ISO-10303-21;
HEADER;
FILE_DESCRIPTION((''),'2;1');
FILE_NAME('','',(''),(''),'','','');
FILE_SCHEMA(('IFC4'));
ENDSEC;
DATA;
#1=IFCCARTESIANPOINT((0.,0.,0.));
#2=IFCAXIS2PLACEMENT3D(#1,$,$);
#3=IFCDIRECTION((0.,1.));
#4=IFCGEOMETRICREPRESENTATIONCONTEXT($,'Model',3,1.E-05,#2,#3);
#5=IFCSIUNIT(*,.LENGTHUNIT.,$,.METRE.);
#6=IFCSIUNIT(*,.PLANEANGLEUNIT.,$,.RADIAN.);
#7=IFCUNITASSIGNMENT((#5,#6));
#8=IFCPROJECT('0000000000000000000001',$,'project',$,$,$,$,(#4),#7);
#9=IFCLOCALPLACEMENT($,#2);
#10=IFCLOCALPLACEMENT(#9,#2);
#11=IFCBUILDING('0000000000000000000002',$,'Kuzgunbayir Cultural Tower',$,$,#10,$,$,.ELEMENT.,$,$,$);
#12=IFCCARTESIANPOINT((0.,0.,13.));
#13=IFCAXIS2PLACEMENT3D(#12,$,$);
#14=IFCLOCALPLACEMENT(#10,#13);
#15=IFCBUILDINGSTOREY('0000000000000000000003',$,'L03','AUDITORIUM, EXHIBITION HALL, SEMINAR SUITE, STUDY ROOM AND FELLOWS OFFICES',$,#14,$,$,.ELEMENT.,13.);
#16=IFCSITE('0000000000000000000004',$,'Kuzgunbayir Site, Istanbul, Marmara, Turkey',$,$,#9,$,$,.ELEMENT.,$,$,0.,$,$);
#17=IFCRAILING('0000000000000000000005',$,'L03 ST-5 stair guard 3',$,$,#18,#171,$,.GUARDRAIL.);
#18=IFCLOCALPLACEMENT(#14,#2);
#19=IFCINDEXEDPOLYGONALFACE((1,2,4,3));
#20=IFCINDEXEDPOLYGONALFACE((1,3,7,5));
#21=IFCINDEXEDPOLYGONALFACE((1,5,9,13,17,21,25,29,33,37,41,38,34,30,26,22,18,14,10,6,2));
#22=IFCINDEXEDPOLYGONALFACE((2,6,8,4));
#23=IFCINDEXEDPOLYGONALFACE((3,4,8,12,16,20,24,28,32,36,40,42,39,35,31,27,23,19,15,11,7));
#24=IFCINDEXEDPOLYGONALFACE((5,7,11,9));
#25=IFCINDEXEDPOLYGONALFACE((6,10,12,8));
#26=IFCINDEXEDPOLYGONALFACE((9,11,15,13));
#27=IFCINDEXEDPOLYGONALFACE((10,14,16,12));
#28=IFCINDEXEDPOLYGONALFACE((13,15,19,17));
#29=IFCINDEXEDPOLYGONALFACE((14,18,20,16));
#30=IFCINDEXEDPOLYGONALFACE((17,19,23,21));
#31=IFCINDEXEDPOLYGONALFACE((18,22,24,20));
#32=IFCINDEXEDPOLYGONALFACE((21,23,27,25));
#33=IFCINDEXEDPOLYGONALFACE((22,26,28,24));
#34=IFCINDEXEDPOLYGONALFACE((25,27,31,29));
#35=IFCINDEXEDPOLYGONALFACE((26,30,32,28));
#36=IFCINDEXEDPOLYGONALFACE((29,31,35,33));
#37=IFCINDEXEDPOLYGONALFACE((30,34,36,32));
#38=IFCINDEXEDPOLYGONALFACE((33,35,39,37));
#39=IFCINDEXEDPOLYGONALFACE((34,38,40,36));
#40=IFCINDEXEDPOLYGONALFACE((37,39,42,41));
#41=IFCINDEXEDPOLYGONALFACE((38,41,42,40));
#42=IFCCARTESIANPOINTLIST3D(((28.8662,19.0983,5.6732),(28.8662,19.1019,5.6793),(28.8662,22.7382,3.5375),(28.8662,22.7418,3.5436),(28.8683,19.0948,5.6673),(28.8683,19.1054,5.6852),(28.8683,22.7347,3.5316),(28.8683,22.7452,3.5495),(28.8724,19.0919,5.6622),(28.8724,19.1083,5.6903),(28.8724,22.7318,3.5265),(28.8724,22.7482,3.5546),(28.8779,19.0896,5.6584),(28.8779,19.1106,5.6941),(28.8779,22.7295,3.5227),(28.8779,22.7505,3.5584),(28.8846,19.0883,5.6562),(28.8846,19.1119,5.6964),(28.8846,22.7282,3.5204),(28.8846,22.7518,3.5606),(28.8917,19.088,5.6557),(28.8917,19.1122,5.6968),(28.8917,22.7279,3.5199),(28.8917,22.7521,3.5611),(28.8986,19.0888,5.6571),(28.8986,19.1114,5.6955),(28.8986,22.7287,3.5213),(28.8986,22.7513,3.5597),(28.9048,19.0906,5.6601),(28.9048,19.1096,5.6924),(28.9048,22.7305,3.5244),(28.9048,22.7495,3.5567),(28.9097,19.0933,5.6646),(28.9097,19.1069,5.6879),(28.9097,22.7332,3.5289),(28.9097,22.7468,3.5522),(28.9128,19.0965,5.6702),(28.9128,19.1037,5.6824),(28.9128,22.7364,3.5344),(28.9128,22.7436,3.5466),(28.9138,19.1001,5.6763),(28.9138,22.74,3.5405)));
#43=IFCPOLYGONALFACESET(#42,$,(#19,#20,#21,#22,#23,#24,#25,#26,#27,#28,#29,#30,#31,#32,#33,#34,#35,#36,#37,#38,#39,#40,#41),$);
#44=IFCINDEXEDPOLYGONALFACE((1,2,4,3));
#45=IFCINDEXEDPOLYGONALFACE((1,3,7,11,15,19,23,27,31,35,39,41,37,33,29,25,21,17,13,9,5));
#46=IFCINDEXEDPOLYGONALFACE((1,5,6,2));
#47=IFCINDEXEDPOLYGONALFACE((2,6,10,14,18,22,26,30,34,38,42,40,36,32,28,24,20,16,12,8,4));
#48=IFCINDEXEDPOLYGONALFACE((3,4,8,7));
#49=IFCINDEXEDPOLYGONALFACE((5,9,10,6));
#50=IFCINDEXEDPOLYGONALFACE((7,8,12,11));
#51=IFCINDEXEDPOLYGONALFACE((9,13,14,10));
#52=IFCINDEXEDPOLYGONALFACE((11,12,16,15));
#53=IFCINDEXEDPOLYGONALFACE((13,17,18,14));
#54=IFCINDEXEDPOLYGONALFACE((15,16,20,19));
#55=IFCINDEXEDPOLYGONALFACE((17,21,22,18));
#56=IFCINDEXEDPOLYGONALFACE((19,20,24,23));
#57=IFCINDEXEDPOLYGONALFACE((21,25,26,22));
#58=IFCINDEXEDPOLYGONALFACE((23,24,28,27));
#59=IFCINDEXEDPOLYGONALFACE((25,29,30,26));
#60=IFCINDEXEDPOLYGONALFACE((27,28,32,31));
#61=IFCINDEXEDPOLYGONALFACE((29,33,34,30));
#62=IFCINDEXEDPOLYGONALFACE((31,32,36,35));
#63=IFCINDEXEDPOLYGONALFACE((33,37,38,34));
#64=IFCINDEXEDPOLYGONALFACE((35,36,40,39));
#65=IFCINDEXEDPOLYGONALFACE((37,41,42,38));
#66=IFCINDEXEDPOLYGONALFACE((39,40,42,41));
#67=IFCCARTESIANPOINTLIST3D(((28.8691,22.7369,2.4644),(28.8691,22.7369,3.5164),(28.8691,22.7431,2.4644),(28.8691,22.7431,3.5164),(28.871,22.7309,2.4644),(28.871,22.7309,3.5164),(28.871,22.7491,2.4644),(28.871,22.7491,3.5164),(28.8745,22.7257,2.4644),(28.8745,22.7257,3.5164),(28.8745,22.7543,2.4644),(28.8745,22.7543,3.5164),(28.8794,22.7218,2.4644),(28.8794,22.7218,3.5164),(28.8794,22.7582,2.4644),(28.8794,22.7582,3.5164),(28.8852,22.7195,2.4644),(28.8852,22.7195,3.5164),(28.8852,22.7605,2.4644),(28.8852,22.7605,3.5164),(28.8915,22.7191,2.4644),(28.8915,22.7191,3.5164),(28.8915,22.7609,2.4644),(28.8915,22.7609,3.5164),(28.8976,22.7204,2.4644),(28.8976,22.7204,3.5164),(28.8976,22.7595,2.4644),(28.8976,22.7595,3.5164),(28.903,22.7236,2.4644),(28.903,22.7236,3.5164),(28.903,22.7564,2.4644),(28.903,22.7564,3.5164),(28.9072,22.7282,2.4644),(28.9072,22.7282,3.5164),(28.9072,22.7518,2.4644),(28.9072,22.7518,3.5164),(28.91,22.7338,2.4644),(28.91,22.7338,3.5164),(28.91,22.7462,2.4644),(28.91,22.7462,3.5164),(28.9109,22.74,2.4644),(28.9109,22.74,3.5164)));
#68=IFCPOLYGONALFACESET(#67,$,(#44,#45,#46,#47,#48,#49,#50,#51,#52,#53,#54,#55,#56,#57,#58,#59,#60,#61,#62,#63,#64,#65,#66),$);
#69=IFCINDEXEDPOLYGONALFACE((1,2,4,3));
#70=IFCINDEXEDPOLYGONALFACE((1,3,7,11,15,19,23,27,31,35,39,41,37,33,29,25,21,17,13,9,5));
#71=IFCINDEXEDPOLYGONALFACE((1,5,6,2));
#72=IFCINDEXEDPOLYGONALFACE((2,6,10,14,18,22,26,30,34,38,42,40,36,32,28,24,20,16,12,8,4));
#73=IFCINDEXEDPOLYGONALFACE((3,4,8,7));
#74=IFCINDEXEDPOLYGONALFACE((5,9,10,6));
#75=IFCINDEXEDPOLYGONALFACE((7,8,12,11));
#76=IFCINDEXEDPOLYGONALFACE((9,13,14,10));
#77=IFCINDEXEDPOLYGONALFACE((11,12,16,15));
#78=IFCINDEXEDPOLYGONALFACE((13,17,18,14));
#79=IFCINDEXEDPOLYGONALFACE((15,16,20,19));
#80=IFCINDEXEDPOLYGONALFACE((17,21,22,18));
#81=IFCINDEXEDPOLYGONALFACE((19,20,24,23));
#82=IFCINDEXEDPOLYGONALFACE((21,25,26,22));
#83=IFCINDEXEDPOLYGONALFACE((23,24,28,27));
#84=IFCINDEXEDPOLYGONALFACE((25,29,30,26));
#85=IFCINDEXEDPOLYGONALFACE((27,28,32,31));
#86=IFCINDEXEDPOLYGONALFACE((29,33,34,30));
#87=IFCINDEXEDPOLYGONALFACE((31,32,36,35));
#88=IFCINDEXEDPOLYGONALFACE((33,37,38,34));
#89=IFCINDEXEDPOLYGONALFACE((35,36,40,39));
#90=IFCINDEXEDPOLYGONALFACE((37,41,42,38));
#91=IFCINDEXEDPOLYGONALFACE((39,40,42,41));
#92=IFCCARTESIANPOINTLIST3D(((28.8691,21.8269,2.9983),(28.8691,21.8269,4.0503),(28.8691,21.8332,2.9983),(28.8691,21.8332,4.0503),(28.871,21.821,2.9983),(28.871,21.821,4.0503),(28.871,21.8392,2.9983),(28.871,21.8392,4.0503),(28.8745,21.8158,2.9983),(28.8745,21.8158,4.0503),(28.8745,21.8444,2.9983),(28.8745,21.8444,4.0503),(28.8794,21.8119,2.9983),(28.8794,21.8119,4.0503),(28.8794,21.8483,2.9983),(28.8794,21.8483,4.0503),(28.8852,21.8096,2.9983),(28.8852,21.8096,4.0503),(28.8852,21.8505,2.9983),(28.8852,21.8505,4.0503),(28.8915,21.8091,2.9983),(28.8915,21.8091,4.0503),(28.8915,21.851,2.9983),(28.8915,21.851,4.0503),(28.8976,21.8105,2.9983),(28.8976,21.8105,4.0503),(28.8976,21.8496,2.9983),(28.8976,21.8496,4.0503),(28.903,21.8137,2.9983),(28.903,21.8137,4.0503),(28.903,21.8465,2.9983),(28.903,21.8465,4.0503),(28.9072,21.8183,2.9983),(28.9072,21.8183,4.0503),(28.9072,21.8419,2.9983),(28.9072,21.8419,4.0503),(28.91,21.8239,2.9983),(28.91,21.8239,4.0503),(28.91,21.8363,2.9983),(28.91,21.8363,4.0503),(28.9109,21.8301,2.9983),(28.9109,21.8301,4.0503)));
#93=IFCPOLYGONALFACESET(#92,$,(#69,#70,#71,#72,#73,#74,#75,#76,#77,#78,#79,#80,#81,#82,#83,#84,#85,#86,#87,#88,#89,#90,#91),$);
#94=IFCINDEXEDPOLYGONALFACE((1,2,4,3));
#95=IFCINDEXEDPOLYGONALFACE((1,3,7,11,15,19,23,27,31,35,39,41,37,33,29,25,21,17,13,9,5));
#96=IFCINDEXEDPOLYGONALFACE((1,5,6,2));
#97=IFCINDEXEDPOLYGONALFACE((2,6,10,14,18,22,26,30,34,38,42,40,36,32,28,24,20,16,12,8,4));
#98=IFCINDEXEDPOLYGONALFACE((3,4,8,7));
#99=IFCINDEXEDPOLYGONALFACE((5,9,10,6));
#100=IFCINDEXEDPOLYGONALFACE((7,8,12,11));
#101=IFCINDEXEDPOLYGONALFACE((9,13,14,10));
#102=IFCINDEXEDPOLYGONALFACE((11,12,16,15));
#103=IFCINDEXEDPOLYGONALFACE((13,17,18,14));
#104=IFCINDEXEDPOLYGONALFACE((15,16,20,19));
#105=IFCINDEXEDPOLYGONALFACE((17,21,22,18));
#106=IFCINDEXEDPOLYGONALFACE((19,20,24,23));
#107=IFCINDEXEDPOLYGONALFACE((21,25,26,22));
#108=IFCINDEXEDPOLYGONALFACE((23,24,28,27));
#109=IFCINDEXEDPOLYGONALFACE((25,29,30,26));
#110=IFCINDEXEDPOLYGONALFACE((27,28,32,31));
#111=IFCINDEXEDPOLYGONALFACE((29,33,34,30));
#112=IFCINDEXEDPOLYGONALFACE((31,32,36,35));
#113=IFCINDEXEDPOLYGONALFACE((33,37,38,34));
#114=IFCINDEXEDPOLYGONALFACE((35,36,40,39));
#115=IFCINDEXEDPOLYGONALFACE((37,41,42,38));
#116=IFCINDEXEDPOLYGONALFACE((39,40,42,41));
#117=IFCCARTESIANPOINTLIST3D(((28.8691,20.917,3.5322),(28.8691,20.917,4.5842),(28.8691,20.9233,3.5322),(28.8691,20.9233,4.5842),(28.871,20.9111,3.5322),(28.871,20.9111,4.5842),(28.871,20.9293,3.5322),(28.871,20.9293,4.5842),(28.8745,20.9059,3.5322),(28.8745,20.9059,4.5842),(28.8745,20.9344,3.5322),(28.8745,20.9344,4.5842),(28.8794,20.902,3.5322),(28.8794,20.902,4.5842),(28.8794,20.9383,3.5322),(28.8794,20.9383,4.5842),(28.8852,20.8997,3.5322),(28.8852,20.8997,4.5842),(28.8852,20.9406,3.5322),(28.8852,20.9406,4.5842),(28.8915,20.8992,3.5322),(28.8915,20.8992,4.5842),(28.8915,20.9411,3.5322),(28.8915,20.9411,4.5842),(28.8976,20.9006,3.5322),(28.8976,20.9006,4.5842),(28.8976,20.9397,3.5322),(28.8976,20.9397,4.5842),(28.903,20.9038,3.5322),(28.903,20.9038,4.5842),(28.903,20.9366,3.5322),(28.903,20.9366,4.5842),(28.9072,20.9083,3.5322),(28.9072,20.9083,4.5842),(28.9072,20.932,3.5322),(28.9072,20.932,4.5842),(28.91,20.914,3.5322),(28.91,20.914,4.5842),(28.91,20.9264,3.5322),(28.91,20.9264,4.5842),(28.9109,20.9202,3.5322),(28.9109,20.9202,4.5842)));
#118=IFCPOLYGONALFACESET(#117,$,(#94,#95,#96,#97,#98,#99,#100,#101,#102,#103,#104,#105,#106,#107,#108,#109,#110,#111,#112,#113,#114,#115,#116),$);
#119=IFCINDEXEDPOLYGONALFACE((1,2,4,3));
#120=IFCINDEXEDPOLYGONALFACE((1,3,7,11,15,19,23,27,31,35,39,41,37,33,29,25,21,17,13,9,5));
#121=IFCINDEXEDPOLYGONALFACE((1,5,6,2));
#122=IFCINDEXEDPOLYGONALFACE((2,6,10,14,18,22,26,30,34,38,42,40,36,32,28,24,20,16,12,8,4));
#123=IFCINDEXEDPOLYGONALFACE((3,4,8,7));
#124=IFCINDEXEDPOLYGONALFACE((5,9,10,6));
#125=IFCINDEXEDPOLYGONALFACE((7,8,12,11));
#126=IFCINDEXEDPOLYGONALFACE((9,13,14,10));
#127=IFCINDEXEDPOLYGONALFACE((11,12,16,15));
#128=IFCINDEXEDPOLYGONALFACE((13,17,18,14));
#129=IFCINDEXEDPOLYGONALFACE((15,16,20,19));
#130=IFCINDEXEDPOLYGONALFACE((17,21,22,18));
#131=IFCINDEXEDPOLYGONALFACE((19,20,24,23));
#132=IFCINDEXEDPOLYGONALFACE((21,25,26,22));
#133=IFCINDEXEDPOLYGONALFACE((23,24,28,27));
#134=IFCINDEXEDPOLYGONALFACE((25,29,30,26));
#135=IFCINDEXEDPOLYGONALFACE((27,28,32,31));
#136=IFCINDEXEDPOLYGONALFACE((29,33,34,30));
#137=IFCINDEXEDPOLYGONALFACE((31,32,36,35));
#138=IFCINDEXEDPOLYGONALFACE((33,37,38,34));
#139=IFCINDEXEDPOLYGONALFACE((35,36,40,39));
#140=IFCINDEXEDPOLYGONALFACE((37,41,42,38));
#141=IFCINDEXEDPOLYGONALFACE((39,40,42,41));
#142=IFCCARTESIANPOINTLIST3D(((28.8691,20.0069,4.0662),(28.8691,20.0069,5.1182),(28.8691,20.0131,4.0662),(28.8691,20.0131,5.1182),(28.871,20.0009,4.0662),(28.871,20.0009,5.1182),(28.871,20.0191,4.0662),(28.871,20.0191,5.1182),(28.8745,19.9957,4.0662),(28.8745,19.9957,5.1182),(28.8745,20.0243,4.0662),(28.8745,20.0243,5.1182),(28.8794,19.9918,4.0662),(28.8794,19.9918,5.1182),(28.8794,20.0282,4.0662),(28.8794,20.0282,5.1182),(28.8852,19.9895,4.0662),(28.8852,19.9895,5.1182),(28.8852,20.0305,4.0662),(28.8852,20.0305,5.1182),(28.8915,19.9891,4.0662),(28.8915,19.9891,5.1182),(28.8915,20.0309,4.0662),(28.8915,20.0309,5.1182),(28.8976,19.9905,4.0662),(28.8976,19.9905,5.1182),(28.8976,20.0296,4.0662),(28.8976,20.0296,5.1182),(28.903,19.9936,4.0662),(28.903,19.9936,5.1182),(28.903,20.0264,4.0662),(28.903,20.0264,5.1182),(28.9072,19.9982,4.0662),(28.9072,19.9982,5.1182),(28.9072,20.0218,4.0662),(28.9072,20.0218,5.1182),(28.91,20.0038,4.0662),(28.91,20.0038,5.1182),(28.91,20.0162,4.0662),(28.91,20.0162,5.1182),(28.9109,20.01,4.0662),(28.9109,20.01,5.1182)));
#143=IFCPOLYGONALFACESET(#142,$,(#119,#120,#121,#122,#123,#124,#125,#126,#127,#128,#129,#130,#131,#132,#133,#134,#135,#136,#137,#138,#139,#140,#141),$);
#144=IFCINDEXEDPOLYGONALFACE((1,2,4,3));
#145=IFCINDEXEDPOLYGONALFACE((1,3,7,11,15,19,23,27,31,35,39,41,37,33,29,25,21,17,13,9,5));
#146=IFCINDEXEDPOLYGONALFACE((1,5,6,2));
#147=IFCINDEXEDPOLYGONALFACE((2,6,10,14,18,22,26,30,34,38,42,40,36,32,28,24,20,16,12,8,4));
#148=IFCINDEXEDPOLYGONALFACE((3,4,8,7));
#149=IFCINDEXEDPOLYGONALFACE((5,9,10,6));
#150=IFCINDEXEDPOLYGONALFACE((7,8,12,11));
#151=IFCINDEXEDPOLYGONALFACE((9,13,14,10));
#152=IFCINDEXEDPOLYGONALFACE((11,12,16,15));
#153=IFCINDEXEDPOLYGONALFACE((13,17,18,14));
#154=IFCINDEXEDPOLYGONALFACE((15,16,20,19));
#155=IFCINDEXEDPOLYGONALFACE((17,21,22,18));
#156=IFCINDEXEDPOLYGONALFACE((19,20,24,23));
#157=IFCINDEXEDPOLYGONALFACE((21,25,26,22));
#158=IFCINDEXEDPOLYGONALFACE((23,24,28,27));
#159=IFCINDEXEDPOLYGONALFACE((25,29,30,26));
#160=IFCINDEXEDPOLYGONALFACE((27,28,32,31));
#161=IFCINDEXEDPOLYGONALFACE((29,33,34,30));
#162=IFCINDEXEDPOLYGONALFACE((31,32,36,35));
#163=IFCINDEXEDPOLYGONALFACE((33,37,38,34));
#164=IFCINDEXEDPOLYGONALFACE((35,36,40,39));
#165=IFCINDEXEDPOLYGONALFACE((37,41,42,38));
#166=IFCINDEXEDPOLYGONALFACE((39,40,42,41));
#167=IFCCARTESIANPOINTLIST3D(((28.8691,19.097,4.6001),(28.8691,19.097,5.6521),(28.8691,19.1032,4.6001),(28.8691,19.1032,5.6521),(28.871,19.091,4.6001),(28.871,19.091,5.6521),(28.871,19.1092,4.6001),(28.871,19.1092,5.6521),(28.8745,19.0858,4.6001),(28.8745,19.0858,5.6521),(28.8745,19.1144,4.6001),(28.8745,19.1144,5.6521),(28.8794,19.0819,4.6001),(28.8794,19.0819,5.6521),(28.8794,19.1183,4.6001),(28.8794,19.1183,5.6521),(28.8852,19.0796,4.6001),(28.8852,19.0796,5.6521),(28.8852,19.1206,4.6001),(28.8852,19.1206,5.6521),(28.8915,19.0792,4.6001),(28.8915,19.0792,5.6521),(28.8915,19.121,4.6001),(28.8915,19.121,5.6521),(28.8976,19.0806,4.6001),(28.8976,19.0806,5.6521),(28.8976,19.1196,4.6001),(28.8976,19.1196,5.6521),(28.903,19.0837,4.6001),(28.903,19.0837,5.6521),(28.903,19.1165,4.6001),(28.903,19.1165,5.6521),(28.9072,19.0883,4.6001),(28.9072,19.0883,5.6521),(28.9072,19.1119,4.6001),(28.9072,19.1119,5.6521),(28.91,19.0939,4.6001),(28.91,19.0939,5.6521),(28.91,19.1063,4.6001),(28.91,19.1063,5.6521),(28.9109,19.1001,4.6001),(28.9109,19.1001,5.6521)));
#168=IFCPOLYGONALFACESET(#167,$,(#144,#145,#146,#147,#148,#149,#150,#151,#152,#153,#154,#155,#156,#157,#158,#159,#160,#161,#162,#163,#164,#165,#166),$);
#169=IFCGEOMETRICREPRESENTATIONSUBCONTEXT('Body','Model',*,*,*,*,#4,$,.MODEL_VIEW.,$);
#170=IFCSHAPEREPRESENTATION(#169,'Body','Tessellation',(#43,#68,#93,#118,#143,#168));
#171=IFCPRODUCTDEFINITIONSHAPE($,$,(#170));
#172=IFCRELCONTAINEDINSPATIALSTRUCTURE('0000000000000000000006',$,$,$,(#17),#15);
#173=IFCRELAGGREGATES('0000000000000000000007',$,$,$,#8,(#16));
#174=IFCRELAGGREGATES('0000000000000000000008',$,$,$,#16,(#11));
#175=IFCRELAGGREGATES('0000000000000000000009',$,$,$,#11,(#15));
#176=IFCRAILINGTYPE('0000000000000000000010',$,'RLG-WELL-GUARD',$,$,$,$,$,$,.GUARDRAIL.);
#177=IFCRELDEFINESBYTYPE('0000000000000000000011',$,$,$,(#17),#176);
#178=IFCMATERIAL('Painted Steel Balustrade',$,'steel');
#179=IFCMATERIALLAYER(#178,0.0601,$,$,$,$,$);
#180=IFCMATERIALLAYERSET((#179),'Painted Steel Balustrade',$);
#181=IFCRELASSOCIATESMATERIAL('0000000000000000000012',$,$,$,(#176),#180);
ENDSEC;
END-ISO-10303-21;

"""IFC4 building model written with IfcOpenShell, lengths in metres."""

from ifc_helpers import new_model, si_unit, direction, frame, origin, origin_2d, place, context, subcontext, project, spatial, circle, extrude, material, layer, layer_set, type_object, element, save


model = new_model("IFC4")

# Units and contexts
model_context = context("Model", 3, precision=1e-05, world=origin(), true_north=direction((0.0, 1.0)))
body_context = subcontext(model_context, "Body", "Model", "MODEL_VIEW")
ifc_project = project(units=[si_unit("LENGTHUNIT", "METRE"), si_unit("PLANEANGLEUNIT", "RADIAN")], contexts=[model_context])

# Site, building, storey
site_placement = place(None, origin())
site = spatial("IfcSite", under=ifc_project, at=site_placement, Name="Kuzgunbayir Site, Istanbul, Marmara, Turkey", CompositionType="ELEMENT", RefElevation=0.0)
building_placement = place(site_placement, origin())
building = spatial("IfcBuilding", under=site, at=building_placement, Name="Kuzgunbayir Cultural Tower", CompositionType="ELEMENT")
storey_placement = place(building_placement, frame((0.0, 0.0, 13.0)))
storey = spatial("IfcBuildingStorey", under=building, at=storey_placement, Name="L03", Description="AUDITORIUM, EXHIBITION HALL, SEMINAR SUITE, STUDY ROOM AND FELLOWS OFFICES", CompositionType="ELEMENT", Elevation=13.0)

# Railing
ifc_material_1 = material(Name="Painted Steel Balustrade", Category="steel")
ifc_layer_1 = layer(ifc_material_1, 0.0601)
ifc_layer_set_1 = layer_set([ifc_layer_1], Name="Painted Steel Balustrade")
railing_type_1 = type_object("IfcRailingType", Name="RLG-WELL-GUARD", PredefinedType="GUARDRAIL", material=ifc_layer_set_1)
railing_1_placement = place(storey_placement, frame((28.8899, 22.74, 2.4644)))
element("IfcRailing", 1, at=railing_1_placement, inside=storey, type_object=railing_type_1, Name="L03 ST-5 stair guard 3", PredefinedType="GUARDRAIL", context=body_context, shape_type="SweptSolid", body=[
    extrude(circle(Radius=0.0239, at=origin_2d()), frame((0.0, 0.0, 1.0762), z_axis=(0.0, -0.86249, 0.506074), x_axis=(1.0, 0.0, 0.0)), (0.0, 0.0, 1.0), 4.2202),
    extrude(circle(Radius=0.021, at=origin_2d()), origin(), (0.0, 0.0, 1.0), 1.052),
    extrude(circle(Radius=0.021, at=origin_2d()), frame((0.0, -0.9099, 0.5339)), (0.0, 0.0, 1.0), 1.052),
    extrude(circle(Radius=0.021, at=origin_2d()), frame((0.0, -1.8198, 1.0679)), (0.0, 0.0, 1.0), 1.052),
    extrude(circle(Radius=0.021, at=origin_2d()), frame((0.0, -2.73, 1.6018)), (0.0, 0.0, 1.0), 1.052),
    extrude(circle(Radius=0.021, at=origin_2d()), frame((0.0, -3.6399, 2.1357)), (0.0, 0.0, 1.0), 1.052),
])

save(model, "model.ifc")
